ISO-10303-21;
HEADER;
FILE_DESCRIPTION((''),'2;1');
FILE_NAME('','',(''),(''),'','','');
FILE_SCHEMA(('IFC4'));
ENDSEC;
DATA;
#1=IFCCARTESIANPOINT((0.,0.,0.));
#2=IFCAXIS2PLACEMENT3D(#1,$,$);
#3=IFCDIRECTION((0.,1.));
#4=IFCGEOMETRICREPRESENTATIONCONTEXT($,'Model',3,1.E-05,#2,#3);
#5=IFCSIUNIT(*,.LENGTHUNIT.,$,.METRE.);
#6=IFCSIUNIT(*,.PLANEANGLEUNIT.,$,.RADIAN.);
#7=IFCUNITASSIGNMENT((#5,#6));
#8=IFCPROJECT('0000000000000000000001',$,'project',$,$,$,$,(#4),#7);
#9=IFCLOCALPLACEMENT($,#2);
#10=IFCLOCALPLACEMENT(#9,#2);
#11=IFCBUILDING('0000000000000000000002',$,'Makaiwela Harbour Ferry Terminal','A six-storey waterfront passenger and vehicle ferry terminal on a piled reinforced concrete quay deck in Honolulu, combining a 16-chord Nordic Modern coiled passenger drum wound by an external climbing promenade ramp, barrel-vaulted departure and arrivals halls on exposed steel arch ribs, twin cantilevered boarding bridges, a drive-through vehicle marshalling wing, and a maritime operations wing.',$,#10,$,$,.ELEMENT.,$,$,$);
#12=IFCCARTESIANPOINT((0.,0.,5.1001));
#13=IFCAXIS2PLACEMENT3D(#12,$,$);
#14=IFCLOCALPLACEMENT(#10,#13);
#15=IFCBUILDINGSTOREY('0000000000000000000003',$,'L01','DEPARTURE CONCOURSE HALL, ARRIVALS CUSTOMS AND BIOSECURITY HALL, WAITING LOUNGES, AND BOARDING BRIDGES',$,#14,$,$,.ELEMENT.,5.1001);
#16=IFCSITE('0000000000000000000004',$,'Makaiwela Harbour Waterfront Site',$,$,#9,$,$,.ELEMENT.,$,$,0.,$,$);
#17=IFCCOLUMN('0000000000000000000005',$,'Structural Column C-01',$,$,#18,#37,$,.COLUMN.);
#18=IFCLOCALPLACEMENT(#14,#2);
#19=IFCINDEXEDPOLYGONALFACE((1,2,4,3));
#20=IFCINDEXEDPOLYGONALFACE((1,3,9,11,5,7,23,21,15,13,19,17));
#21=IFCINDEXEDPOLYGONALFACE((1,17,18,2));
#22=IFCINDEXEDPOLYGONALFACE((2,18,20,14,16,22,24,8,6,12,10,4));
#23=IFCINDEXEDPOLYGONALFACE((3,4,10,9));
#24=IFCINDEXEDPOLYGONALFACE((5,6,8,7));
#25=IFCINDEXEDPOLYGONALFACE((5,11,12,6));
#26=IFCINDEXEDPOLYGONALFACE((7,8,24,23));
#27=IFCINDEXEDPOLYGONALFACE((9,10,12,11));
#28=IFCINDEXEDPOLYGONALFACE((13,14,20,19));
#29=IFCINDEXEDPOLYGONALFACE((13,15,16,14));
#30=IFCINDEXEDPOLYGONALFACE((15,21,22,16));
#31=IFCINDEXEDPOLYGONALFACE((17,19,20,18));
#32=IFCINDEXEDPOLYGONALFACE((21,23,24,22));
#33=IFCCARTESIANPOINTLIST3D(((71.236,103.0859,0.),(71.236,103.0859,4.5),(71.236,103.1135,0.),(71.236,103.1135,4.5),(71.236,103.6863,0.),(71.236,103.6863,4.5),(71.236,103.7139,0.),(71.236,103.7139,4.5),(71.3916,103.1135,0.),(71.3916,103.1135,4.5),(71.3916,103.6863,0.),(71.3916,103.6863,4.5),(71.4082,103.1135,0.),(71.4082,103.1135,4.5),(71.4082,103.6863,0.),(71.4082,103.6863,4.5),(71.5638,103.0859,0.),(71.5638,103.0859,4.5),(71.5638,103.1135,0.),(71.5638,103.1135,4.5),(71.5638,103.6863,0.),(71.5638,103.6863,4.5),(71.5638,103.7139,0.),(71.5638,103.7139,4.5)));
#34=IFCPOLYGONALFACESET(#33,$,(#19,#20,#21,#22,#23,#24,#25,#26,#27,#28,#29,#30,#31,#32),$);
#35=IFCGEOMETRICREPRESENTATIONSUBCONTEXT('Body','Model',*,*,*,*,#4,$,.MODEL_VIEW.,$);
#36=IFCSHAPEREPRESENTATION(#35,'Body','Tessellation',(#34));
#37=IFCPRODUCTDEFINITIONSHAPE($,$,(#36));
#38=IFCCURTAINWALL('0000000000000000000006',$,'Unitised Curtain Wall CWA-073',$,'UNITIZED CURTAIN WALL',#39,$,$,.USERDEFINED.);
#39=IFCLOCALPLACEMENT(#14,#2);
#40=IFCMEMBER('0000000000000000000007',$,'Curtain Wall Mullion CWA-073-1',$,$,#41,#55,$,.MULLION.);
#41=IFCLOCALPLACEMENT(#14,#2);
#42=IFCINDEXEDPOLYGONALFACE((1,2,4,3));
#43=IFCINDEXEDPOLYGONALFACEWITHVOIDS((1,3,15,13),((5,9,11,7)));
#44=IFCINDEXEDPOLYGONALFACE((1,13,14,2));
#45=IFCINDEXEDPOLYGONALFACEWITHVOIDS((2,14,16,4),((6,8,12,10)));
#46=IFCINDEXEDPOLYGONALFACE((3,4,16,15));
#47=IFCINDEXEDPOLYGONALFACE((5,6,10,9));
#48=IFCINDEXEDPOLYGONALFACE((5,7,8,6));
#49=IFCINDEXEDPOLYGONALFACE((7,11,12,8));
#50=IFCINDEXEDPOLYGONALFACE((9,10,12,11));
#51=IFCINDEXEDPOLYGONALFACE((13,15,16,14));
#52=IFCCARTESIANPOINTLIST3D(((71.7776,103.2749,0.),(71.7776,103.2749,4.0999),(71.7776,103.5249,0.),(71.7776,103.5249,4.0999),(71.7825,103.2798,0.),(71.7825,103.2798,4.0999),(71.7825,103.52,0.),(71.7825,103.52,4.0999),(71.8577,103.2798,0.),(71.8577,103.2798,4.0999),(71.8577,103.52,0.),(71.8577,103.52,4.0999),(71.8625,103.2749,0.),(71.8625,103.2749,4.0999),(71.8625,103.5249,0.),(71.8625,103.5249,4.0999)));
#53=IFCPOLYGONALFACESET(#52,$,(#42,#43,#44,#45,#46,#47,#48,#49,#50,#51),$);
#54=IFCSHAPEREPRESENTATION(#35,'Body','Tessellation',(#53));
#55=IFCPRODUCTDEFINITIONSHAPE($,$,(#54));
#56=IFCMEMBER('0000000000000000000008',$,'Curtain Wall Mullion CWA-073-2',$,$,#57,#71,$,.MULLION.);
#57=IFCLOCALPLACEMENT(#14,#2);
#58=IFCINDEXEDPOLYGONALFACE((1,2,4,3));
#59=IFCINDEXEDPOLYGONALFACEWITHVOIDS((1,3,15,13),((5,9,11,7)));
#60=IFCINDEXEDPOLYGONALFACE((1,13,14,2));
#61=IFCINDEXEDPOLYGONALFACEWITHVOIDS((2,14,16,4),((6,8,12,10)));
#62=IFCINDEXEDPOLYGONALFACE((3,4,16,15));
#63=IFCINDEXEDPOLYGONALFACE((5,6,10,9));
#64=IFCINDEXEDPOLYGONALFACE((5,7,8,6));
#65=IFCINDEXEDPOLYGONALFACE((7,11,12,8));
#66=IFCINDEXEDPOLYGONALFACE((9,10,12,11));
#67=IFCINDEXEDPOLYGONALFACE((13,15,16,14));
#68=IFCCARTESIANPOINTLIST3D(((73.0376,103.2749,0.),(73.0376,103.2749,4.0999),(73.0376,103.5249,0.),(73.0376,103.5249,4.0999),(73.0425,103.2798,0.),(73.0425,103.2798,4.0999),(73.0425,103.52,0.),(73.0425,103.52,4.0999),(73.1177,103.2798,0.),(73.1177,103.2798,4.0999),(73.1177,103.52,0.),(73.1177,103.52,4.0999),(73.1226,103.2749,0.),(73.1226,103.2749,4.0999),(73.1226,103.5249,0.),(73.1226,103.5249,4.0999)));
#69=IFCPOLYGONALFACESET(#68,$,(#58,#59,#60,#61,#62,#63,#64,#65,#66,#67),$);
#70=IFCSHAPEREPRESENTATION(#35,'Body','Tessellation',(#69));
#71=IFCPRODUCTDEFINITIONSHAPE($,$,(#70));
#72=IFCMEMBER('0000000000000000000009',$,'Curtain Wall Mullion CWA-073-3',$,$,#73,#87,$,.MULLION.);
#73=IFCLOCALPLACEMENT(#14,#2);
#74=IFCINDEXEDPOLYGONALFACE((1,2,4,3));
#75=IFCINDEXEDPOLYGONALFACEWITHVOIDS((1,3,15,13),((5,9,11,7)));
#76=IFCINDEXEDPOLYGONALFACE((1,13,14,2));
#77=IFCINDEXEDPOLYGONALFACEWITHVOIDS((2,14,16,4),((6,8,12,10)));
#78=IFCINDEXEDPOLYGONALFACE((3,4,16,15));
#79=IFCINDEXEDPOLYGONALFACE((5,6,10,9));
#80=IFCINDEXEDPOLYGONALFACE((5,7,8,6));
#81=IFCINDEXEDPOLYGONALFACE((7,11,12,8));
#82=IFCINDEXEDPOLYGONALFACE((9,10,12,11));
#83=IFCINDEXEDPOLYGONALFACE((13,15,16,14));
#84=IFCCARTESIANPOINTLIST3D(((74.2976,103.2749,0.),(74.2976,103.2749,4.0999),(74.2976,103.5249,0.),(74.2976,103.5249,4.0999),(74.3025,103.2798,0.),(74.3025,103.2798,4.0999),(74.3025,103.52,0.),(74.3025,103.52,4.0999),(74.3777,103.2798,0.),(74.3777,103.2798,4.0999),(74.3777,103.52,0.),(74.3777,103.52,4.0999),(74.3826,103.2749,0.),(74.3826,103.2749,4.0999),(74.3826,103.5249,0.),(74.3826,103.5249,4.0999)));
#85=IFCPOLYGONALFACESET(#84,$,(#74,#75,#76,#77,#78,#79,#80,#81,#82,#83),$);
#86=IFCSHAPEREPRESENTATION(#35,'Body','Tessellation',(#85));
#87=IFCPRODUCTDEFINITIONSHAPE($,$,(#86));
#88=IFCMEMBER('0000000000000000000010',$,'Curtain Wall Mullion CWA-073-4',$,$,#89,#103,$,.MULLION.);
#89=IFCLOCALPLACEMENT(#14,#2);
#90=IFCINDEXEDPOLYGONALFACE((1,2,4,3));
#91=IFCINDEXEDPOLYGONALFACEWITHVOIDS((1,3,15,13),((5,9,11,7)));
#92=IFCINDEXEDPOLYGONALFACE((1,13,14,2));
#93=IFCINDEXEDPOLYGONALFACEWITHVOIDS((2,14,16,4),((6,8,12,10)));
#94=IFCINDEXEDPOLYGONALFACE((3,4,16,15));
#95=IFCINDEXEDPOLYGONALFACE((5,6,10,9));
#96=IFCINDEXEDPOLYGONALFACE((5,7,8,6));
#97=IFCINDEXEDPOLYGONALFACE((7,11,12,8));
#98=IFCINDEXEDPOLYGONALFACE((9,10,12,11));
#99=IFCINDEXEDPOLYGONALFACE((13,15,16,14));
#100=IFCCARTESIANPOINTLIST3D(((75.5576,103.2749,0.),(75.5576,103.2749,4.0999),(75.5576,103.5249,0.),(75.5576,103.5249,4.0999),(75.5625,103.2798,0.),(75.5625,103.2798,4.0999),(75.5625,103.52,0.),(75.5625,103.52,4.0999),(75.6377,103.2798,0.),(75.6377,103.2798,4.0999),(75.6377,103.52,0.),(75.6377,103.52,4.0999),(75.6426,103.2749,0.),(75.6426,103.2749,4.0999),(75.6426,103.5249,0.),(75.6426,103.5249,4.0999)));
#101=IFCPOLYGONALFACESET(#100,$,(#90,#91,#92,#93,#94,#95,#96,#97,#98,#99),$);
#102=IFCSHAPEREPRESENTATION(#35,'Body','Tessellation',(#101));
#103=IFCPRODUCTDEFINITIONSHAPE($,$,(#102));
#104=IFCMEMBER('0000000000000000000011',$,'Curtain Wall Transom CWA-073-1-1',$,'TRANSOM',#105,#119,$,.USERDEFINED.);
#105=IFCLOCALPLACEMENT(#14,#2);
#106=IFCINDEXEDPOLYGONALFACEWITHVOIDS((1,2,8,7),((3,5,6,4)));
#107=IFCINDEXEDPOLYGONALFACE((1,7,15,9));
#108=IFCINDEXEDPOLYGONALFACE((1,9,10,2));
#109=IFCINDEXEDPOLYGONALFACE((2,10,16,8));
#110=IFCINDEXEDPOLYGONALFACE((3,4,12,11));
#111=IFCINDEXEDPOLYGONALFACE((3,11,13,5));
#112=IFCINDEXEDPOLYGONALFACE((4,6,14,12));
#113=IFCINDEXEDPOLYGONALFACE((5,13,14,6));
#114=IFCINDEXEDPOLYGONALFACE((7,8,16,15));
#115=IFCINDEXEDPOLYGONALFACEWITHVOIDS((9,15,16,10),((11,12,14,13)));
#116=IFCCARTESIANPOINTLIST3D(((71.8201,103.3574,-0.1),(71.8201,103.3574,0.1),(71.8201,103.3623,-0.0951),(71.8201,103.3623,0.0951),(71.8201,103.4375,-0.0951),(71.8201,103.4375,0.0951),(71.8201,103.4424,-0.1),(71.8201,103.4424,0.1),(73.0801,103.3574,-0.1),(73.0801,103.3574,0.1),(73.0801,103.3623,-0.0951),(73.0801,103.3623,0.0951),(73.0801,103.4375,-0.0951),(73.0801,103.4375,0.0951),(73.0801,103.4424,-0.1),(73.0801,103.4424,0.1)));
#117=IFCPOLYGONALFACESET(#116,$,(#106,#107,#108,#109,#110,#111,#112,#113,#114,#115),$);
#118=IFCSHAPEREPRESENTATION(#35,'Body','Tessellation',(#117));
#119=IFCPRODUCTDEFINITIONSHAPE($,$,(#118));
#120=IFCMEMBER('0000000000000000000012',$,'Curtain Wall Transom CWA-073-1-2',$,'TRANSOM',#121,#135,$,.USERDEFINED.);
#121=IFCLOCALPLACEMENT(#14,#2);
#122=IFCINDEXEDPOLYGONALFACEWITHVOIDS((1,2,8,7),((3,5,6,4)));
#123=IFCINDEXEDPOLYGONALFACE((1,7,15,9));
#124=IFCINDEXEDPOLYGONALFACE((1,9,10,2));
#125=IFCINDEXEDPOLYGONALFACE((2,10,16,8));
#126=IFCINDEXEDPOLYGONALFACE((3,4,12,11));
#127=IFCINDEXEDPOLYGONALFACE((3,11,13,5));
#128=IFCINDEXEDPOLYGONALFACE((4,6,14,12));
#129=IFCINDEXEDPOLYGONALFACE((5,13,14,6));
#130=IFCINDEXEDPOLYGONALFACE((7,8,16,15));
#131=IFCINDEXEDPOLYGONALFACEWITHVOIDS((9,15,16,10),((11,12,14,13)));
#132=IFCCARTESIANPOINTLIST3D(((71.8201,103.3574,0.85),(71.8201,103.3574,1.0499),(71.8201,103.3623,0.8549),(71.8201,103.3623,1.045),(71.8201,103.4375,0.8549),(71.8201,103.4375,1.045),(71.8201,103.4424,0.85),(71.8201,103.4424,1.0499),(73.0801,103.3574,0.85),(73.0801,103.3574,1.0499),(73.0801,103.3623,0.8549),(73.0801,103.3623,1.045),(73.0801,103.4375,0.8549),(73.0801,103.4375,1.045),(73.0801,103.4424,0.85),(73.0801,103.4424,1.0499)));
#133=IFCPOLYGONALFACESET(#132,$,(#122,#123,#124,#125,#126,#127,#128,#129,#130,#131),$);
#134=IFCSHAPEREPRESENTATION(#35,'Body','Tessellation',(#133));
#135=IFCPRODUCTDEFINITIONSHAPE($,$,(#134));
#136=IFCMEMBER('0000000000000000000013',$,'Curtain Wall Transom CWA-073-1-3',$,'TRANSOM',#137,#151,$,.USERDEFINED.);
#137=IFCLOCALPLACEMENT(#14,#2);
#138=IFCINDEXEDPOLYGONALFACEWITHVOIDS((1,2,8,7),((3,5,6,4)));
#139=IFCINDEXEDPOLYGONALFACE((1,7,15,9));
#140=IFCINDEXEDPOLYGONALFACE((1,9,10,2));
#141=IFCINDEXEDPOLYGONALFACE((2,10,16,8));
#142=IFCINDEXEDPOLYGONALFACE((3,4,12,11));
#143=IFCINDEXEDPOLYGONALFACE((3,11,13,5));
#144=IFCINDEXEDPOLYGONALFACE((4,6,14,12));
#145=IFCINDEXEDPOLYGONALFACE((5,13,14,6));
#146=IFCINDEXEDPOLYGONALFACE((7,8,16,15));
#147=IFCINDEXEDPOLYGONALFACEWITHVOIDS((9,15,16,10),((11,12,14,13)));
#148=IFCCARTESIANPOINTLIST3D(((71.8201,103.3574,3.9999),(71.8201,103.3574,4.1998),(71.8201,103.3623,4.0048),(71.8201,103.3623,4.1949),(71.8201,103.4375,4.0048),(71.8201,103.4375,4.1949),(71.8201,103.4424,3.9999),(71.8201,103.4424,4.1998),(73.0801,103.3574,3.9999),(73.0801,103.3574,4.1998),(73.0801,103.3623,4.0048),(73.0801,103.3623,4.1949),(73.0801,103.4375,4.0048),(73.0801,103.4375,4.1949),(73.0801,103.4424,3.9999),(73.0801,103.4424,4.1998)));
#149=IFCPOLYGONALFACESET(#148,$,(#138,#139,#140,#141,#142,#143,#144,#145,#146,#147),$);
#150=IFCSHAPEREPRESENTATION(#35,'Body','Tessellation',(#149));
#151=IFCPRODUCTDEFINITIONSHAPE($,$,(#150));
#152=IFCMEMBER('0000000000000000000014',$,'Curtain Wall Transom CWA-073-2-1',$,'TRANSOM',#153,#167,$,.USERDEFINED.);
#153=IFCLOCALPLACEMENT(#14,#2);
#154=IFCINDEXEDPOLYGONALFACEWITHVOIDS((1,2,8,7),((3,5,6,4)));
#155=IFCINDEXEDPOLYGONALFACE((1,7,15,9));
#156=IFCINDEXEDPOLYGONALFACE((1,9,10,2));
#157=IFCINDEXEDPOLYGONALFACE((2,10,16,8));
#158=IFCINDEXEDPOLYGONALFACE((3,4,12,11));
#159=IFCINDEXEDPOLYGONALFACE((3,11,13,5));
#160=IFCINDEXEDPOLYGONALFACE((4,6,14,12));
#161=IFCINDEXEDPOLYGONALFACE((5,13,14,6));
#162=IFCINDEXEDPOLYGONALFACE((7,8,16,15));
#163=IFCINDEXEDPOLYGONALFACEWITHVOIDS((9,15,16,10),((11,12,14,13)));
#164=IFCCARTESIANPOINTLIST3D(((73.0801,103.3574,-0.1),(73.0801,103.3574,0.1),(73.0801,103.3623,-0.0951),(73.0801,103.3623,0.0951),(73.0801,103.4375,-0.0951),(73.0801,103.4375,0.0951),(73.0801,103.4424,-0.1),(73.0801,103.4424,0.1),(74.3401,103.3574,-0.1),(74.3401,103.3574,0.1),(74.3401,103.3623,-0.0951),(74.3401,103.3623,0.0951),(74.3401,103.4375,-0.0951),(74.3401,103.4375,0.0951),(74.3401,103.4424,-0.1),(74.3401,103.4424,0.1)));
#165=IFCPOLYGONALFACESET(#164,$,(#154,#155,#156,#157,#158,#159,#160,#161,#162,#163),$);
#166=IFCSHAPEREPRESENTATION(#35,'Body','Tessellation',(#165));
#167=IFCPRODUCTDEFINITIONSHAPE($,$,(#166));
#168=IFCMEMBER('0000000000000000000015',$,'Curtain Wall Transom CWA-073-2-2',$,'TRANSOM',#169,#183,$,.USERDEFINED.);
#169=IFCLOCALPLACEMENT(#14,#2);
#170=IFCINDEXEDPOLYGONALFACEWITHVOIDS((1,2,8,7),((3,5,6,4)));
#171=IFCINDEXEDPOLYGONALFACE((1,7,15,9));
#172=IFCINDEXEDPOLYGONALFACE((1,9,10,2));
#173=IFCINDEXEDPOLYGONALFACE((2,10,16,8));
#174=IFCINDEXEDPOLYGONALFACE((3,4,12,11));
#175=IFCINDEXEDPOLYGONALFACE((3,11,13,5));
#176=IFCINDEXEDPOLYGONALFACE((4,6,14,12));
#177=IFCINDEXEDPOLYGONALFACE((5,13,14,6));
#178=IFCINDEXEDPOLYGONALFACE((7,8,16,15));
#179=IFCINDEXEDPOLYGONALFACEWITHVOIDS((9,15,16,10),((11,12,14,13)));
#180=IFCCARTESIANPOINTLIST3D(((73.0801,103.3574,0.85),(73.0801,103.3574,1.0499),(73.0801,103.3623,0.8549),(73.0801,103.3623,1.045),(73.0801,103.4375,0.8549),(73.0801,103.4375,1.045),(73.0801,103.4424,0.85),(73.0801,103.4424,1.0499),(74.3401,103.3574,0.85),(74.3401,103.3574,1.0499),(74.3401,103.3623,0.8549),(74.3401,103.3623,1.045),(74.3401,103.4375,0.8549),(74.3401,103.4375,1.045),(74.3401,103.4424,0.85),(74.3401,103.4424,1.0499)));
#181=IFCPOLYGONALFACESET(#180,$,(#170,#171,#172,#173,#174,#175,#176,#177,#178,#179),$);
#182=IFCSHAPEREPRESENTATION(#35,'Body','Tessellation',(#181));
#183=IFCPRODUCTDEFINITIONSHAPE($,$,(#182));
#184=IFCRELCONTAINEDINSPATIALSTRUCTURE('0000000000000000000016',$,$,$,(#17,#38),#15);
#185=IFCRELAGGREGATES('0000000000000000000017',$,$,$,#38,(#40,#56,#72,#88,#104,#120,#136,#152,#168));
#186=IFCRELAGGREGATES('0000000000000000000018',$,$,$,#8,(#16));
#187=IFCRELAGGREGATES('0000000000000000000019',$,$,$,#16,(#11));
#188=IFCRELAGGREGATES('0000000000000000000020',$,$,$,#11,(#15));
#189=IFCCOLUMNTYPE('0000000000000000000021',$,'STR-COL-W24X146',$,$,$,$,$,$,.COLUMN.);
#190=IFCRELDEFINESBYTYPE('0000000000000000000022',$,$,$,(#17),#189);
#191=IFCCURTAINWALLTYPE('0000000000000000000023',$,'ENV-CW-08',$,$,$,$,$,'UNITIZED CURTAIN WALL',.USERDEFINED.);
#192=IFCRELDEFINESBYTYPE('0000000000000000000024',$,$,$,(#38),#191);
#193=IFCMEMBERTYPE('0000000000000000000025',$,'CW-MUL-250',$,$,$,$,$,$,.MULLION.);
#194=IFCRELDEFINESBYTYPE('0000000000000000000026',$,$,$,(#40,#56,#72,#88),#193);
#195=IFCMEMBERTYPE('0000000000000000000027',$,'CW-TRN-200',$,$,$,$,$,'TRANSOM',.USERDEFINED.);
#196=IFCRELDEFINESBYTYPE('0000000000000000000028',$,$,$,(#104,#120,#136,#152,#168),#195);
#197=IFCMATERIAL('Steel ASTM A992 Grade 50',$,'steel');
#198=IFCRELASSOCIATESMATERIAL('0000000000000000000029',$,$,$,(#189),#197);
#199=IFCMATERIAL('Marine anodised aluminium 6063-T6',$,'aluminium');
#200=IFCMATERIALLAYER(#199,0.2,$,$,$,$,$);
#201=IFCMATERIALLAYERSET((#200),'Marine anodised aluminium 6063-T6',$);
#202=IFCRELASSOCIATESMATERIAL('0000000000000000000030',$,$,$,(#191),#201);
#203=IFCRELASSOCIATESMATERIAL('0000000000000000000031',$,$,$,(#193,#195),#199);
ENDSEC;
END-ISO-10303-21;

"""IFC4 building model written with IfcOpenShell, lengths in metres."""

from ifc_helpers import new_model, si_unit, direction, frame, origin, origin_2d, place, context, subcontext, project, spatial, hollow_rectangle, i_section, extrude, material, layer, layer_set, material_profile, profile_set, type_object, element, aggregate, save


model = new_model("IFC4")

# Units and contexts
model_context = context("Model", 3, precision=1e-05, world=origin(), true_north=direction((0.0, 1.0)))
body_context = subcontext(model_context, "Body", "Model", "MODEL_VIEW")
ifc_project = project(units=[si_unit("LENGTHUNIT", "METRE"), si_unit("PLANEANGLEUNIT", "RADIAN")], contexts=[model_context])

# Site, building, storey
site_placement = place(None, origin())
site = spatial("IfcSite", under=ifc_project, at=site_placement, Name="Makaiwela Harbour Waterfront Site", CompositionType="ELEMENT", RefElevation=0.0)
building_placement = place(site_placement, origin())
building = spatial("IfcBuilding", under=site, at=building_placement, Name="Makaiwela Harbour Ferry Terminal", Description="A six-storey waterfront passenger and vehicle ferry terminal on a piled reinforced concrete quay deck in Honolulu, combining a 16-chord Nordic Modern coiled passenger drum wound by an external climbing promenade ramp, barrel-vaulted departure and arrivals halls on exposed steel arch ribs, twin cantilevered boarding bridges, a drive-through vehicle marshalling wing, and a maritime operations wing.", CompositionType="ELEMENT")
storey_placement = place(building_placement, frame((0.0, 0.0, 5.1001)))
storey = spatial("IfcBuildingStorey", under=building, at=storey_placement, Name="L01", Description="DEPARTURE CONCOURSE HALL, ARRIVALS CUSTOMS AND BIOSECURITY HALL, WAITING LOUNGES, AND BOARDING BRIDGES", CompositionType="ELEMENT", Elevation=5.1001)

# Column
ifc_material_1 = material(Name="Steel ASTM A992 Grade 50", Category="steel")
ifc_material_profile_1 = material_profile(ifc_material_1, i_section(OverallWidth=0.3279, OverallDepth=0.6279, WebThickness=0.0166, FlangeThickness=0.0276, at=origin_2d()), Name="W24X146")
ifc_profile_set_1 = profile_set([ifc_material_profile_1], Name="Steel ASTM A992 Grade 50")
column_type = type_object("IfcColumnType", Name="STR-COL-W24X146", PredefinedType="COLUMN", material=ifc_profile_set_1)
column_placement = place(storey_placement, frame((71.3999, 103.3999, 0.0), z_axis=(0.0, 0.0, 1.0), x_axis=(1.0, 0.0, 0.0)))
element("IfcColumn", 1, at=column_placement, inside=storey, type_object=column_type, Name="Structural Column C-01", PredefinedType="COLUMN", context=body_context, shape_type="SweptSolid", body=[
    extrude(i_section(OverallWidth=0.3279, OverallDepth=0.6279, WebThickness=0.0166, FlangeThickness=0.0276, at=origin_2d()), origin(), (0.0, 0.0, 1.0), 4.5),
])

# Curtain wall, members
ifc_material_2 = material(Name="Marine anodised aluminium 6063-T6", Category="aluminium")
ifc_layer_1 = layer(ifc_material_2, 0.2)
ifc_layer_set_1 = layer_set([ifc_layer_1], Name="Marine anodised aluminium 6063-T6")
curtain_wall_type = type_object("IfcCurtainWallType", Name="ENV-CW-08", ElementType="UNITIZED CURTAIN WALL", PredefinedType="USERDEFINED", material=ifc_layer_set_1)
curtain_wall_placement = place(storey_placement, origin())
curtain_wall = element("IfcCurtainWall", 2, at=curtain_wall_placement, inside=storey, type_object=curtain_wall_type, Name="Unitised Curtain Wall CWA-073", ObjectType="UNITIZED CURTAIN WALL", PredefinedType="USERDEFINED")
ifc_material_profile_2 = material_profile(ifc_material_2, hollow_rectangle(XDim=0.085, YDim=0.25, WallThickness=0.0049, at=origin_2d()), Name="CWM-250X85")
ifc_profile_set_2 = profile_set([ifc_material_profile_2], Name="Marine anodised aluminium 6063-T6")
member_type_1 = type_object("IfcMemberType", Name="CW-MUL-250", PredefinedType="MULLION", material=ifc_profile_set_2)
member_1_placement = place(storey_placement, frame((71.8201, 103.3999, 0.0), z_axis=(0.0, 0.0, 1.0), x_axis=(1.0, 0.0, 0.0)))
member_1 = element("IfcMember", 3, at=member_1_placement, type_object=member_type_1, Name="Curtain Wall Mullion CWA-073-1", PredefinedType="MULLION", context=body_context, shape_type="SweptSolid", body=[
    extrude(hollow_rectangle(XDim=0.085, YDim=0.25, WallThickness=0.0049, at=origin_2d()), origin(), (0.0, 0.0, 1.0), 4.0999),
])
member_2_placement = place(storey_placement, frame((73.0801, 103.3999, 0.0), z_axis=(0.0, 0.0, 1.0), x_axis=(1.0, 0.0, 0.0)))
member_2 = element("IfcMember", 4, at=member_2_placement, type_object=member_type_1, Name="Curtain Wall Mullion CWA-073-2", PredefinedType="MULLION", context=body_context, shape_type="SweptSolid", body=[
    extrude(hollow_rectangle(XDim=0.085, YDim=0.25, WallThickness=0.0049, at=origin_2d()), origin(), (0.0, 0.0, 1.0), 4.0999),
])
member_3_placement = place(storey_placement, frame((74.3401, 103.3999, 0.0), z_axis=(0.0, 0.0, 1.0), x_axis=(1.0, 0.0, 0.0)))
member_3 = element("IfcMember", 5, at=member_3_placement, type_object=member_type_1, Name="Curtain Wall Mullion CWA-073-3", PredefinedType="MULLION", context=body_context, shape_type="SweptSolid", body=[
    extrude(hollow_rectangle(XDim=0.085, YDim=0.25, WallThickness=0.0049, at=origin_2d()), origin(), (0.0, 0.0, 1.0), 4.0999),
])
member_4_placement = place(storey_placement, frame((75.6001, 103.3999, 0.0), z_axis=(0.0, 0.0, 1.0), x_axis=(1.0, 0.0, 0.0)))
member_4 = element("IfcMember", 6, at=member_4_placement, type_object=member_type_1, Name="Curtain Wall Mullion CWA-073-4", PredefinedType="MULLION", context=body_context, shape_type="SweptSolid", body=[
    extrude(hollow_rectangle(XDim=0.085, YDim=0.25, WallThickness=0.0049, at=origin_2d()), origin(), (0.0, 0.0, 1.0), 4.0999),
])
ifc_material_profile_3 = material_profile(ifc_material_2, hollow_rectangle(XDim=0.085, YDim=0.2, WallThickness=0.0049, at=origin_2d()), Name="CWT-200X85")
ifc_profile_set_3 = profile_set([ifc_material_profile_3], Name="Marine anodised aluminium 6063-T6")
member_type_2 = type_object("IfcMemberType", Name="CW-TRN-200", ElementType="TRANSOM", PredefinedType="USERDEFINED", material=ifc_profile_set_3)
member_5_placement = place(storey_placement, frame((71.8201, 103.3999, 0.0), z_axis=(1.0, 0.0, 0.0), x_axis=(0.0, 1.0, 0.0)))
member_5 = element("IfcMember", 7, at=member_5_placement, type_object=member_type_2, Name="Curtain Wall Transom CWA-073-1-1", ObjectType="TRANSOM", PredefinedType="USERDEFINED", context=body_context, shape_type="SweptSolid", body=[
    extrude(hollow_rectangle(XDim=0.085, YDim=0.2, WallThickness=0.0049, at=origin_2d()), origin(), (0.0, 0.0, 1.0), 1.26),
])
member_6_placement = place(storey_placement, frame((71.8201, 103.3999, 0.95), z_axis=(1.0, 0.0, 0.0), x_axis=(0.0, 1.0, 0.0)))
member_6 = element("IfcMember", 8, at=member_6_placement, type_object=member_type_2, Name="Curtain Wall Transom CWA-073-1-2", ObjectType="TRANSOM", PredefinedType="USERDEFINED", context=body_context, shape_type="SweptSolid", body=[
    extrude(hollow_rectangle(XDim=0.085, YDim=0.2, WallThickness=0.0049, at=origin_2d()), origin(), (0.0, 0.0, 1.0), 1.26),
])
member_7_placement = place(storey_placement, frame((71.8201, 103.3999, 4.0999), z_axis=(1.0, 0.0, 0.0), x_axis=(0.0, 1.0, 0.0)))
member_7 = element("IfcMember", 9, at=member_7_placement, type_object=member_type_2, Name="Curtain Wall Transom CWA-073-1-3", ObjectType="TRANSOM", PredefinedType="USERDEFINED", context=body_context, shape_type="SweptSolid", body=[
    extrude(hollow_rectangle(XDim=0.085, YDim=0.2, WallThickness=0.0049, at=origin_2d()), origin(), (0.0, 0.0, 1.0), 1.26),
])
member_8_placement = place(storey_placement, frame((73.0801, 103.3999, 0.0), z_axis=(1.0, 0.0, 0.0), x_axis=(0.0, 1.0, 0.0)))
member_8 = element("IfcMember", 10, at=member_8_placement, type_object=member_type_2, Name="Curtain Wall Transom CWA-073-2-1", ObjectType="TRANSOM", PredefinedType="USERDEFINED", context=body_context, shape_type="SweptSolid", body=[
    extrude(hollow_rectangle(XDim=0.085, YDim=0.2, WallThickness=0.0049, at=origin_2d()), origin(), (0.0, 0.0, 1.0), 1.26),
])
member_9_placement = place(storey_placement, frame((73.0801, 103.3999, 0.95), z_axis=(1.0, 0.0, 0.0), x_axis=(0.0, 1.0, 0.0)))
member_9 = element("IfcMember", 11, at=member_9_placement, type_object=member_type_2, Name="Curtain Wall Transom CWA-073-2-2", ObjectType="TRANSOM", PredefinedType="USERDEFINED", context=body_context, shape_type="SweptSolid", body=[
    extrude(hollow_rectangle(XDim=0.085, YDim=0.2, WallThickness=0.0049, at=origin_2d()), origin(), (0.0, 0.0, 1.0), 1.26),
])

aggregate(curtain_wall, [member_1, member_2, member_3, member_4, member_5, member_6, member_7, member_8, member_9])

save(model, "model.ifc")
